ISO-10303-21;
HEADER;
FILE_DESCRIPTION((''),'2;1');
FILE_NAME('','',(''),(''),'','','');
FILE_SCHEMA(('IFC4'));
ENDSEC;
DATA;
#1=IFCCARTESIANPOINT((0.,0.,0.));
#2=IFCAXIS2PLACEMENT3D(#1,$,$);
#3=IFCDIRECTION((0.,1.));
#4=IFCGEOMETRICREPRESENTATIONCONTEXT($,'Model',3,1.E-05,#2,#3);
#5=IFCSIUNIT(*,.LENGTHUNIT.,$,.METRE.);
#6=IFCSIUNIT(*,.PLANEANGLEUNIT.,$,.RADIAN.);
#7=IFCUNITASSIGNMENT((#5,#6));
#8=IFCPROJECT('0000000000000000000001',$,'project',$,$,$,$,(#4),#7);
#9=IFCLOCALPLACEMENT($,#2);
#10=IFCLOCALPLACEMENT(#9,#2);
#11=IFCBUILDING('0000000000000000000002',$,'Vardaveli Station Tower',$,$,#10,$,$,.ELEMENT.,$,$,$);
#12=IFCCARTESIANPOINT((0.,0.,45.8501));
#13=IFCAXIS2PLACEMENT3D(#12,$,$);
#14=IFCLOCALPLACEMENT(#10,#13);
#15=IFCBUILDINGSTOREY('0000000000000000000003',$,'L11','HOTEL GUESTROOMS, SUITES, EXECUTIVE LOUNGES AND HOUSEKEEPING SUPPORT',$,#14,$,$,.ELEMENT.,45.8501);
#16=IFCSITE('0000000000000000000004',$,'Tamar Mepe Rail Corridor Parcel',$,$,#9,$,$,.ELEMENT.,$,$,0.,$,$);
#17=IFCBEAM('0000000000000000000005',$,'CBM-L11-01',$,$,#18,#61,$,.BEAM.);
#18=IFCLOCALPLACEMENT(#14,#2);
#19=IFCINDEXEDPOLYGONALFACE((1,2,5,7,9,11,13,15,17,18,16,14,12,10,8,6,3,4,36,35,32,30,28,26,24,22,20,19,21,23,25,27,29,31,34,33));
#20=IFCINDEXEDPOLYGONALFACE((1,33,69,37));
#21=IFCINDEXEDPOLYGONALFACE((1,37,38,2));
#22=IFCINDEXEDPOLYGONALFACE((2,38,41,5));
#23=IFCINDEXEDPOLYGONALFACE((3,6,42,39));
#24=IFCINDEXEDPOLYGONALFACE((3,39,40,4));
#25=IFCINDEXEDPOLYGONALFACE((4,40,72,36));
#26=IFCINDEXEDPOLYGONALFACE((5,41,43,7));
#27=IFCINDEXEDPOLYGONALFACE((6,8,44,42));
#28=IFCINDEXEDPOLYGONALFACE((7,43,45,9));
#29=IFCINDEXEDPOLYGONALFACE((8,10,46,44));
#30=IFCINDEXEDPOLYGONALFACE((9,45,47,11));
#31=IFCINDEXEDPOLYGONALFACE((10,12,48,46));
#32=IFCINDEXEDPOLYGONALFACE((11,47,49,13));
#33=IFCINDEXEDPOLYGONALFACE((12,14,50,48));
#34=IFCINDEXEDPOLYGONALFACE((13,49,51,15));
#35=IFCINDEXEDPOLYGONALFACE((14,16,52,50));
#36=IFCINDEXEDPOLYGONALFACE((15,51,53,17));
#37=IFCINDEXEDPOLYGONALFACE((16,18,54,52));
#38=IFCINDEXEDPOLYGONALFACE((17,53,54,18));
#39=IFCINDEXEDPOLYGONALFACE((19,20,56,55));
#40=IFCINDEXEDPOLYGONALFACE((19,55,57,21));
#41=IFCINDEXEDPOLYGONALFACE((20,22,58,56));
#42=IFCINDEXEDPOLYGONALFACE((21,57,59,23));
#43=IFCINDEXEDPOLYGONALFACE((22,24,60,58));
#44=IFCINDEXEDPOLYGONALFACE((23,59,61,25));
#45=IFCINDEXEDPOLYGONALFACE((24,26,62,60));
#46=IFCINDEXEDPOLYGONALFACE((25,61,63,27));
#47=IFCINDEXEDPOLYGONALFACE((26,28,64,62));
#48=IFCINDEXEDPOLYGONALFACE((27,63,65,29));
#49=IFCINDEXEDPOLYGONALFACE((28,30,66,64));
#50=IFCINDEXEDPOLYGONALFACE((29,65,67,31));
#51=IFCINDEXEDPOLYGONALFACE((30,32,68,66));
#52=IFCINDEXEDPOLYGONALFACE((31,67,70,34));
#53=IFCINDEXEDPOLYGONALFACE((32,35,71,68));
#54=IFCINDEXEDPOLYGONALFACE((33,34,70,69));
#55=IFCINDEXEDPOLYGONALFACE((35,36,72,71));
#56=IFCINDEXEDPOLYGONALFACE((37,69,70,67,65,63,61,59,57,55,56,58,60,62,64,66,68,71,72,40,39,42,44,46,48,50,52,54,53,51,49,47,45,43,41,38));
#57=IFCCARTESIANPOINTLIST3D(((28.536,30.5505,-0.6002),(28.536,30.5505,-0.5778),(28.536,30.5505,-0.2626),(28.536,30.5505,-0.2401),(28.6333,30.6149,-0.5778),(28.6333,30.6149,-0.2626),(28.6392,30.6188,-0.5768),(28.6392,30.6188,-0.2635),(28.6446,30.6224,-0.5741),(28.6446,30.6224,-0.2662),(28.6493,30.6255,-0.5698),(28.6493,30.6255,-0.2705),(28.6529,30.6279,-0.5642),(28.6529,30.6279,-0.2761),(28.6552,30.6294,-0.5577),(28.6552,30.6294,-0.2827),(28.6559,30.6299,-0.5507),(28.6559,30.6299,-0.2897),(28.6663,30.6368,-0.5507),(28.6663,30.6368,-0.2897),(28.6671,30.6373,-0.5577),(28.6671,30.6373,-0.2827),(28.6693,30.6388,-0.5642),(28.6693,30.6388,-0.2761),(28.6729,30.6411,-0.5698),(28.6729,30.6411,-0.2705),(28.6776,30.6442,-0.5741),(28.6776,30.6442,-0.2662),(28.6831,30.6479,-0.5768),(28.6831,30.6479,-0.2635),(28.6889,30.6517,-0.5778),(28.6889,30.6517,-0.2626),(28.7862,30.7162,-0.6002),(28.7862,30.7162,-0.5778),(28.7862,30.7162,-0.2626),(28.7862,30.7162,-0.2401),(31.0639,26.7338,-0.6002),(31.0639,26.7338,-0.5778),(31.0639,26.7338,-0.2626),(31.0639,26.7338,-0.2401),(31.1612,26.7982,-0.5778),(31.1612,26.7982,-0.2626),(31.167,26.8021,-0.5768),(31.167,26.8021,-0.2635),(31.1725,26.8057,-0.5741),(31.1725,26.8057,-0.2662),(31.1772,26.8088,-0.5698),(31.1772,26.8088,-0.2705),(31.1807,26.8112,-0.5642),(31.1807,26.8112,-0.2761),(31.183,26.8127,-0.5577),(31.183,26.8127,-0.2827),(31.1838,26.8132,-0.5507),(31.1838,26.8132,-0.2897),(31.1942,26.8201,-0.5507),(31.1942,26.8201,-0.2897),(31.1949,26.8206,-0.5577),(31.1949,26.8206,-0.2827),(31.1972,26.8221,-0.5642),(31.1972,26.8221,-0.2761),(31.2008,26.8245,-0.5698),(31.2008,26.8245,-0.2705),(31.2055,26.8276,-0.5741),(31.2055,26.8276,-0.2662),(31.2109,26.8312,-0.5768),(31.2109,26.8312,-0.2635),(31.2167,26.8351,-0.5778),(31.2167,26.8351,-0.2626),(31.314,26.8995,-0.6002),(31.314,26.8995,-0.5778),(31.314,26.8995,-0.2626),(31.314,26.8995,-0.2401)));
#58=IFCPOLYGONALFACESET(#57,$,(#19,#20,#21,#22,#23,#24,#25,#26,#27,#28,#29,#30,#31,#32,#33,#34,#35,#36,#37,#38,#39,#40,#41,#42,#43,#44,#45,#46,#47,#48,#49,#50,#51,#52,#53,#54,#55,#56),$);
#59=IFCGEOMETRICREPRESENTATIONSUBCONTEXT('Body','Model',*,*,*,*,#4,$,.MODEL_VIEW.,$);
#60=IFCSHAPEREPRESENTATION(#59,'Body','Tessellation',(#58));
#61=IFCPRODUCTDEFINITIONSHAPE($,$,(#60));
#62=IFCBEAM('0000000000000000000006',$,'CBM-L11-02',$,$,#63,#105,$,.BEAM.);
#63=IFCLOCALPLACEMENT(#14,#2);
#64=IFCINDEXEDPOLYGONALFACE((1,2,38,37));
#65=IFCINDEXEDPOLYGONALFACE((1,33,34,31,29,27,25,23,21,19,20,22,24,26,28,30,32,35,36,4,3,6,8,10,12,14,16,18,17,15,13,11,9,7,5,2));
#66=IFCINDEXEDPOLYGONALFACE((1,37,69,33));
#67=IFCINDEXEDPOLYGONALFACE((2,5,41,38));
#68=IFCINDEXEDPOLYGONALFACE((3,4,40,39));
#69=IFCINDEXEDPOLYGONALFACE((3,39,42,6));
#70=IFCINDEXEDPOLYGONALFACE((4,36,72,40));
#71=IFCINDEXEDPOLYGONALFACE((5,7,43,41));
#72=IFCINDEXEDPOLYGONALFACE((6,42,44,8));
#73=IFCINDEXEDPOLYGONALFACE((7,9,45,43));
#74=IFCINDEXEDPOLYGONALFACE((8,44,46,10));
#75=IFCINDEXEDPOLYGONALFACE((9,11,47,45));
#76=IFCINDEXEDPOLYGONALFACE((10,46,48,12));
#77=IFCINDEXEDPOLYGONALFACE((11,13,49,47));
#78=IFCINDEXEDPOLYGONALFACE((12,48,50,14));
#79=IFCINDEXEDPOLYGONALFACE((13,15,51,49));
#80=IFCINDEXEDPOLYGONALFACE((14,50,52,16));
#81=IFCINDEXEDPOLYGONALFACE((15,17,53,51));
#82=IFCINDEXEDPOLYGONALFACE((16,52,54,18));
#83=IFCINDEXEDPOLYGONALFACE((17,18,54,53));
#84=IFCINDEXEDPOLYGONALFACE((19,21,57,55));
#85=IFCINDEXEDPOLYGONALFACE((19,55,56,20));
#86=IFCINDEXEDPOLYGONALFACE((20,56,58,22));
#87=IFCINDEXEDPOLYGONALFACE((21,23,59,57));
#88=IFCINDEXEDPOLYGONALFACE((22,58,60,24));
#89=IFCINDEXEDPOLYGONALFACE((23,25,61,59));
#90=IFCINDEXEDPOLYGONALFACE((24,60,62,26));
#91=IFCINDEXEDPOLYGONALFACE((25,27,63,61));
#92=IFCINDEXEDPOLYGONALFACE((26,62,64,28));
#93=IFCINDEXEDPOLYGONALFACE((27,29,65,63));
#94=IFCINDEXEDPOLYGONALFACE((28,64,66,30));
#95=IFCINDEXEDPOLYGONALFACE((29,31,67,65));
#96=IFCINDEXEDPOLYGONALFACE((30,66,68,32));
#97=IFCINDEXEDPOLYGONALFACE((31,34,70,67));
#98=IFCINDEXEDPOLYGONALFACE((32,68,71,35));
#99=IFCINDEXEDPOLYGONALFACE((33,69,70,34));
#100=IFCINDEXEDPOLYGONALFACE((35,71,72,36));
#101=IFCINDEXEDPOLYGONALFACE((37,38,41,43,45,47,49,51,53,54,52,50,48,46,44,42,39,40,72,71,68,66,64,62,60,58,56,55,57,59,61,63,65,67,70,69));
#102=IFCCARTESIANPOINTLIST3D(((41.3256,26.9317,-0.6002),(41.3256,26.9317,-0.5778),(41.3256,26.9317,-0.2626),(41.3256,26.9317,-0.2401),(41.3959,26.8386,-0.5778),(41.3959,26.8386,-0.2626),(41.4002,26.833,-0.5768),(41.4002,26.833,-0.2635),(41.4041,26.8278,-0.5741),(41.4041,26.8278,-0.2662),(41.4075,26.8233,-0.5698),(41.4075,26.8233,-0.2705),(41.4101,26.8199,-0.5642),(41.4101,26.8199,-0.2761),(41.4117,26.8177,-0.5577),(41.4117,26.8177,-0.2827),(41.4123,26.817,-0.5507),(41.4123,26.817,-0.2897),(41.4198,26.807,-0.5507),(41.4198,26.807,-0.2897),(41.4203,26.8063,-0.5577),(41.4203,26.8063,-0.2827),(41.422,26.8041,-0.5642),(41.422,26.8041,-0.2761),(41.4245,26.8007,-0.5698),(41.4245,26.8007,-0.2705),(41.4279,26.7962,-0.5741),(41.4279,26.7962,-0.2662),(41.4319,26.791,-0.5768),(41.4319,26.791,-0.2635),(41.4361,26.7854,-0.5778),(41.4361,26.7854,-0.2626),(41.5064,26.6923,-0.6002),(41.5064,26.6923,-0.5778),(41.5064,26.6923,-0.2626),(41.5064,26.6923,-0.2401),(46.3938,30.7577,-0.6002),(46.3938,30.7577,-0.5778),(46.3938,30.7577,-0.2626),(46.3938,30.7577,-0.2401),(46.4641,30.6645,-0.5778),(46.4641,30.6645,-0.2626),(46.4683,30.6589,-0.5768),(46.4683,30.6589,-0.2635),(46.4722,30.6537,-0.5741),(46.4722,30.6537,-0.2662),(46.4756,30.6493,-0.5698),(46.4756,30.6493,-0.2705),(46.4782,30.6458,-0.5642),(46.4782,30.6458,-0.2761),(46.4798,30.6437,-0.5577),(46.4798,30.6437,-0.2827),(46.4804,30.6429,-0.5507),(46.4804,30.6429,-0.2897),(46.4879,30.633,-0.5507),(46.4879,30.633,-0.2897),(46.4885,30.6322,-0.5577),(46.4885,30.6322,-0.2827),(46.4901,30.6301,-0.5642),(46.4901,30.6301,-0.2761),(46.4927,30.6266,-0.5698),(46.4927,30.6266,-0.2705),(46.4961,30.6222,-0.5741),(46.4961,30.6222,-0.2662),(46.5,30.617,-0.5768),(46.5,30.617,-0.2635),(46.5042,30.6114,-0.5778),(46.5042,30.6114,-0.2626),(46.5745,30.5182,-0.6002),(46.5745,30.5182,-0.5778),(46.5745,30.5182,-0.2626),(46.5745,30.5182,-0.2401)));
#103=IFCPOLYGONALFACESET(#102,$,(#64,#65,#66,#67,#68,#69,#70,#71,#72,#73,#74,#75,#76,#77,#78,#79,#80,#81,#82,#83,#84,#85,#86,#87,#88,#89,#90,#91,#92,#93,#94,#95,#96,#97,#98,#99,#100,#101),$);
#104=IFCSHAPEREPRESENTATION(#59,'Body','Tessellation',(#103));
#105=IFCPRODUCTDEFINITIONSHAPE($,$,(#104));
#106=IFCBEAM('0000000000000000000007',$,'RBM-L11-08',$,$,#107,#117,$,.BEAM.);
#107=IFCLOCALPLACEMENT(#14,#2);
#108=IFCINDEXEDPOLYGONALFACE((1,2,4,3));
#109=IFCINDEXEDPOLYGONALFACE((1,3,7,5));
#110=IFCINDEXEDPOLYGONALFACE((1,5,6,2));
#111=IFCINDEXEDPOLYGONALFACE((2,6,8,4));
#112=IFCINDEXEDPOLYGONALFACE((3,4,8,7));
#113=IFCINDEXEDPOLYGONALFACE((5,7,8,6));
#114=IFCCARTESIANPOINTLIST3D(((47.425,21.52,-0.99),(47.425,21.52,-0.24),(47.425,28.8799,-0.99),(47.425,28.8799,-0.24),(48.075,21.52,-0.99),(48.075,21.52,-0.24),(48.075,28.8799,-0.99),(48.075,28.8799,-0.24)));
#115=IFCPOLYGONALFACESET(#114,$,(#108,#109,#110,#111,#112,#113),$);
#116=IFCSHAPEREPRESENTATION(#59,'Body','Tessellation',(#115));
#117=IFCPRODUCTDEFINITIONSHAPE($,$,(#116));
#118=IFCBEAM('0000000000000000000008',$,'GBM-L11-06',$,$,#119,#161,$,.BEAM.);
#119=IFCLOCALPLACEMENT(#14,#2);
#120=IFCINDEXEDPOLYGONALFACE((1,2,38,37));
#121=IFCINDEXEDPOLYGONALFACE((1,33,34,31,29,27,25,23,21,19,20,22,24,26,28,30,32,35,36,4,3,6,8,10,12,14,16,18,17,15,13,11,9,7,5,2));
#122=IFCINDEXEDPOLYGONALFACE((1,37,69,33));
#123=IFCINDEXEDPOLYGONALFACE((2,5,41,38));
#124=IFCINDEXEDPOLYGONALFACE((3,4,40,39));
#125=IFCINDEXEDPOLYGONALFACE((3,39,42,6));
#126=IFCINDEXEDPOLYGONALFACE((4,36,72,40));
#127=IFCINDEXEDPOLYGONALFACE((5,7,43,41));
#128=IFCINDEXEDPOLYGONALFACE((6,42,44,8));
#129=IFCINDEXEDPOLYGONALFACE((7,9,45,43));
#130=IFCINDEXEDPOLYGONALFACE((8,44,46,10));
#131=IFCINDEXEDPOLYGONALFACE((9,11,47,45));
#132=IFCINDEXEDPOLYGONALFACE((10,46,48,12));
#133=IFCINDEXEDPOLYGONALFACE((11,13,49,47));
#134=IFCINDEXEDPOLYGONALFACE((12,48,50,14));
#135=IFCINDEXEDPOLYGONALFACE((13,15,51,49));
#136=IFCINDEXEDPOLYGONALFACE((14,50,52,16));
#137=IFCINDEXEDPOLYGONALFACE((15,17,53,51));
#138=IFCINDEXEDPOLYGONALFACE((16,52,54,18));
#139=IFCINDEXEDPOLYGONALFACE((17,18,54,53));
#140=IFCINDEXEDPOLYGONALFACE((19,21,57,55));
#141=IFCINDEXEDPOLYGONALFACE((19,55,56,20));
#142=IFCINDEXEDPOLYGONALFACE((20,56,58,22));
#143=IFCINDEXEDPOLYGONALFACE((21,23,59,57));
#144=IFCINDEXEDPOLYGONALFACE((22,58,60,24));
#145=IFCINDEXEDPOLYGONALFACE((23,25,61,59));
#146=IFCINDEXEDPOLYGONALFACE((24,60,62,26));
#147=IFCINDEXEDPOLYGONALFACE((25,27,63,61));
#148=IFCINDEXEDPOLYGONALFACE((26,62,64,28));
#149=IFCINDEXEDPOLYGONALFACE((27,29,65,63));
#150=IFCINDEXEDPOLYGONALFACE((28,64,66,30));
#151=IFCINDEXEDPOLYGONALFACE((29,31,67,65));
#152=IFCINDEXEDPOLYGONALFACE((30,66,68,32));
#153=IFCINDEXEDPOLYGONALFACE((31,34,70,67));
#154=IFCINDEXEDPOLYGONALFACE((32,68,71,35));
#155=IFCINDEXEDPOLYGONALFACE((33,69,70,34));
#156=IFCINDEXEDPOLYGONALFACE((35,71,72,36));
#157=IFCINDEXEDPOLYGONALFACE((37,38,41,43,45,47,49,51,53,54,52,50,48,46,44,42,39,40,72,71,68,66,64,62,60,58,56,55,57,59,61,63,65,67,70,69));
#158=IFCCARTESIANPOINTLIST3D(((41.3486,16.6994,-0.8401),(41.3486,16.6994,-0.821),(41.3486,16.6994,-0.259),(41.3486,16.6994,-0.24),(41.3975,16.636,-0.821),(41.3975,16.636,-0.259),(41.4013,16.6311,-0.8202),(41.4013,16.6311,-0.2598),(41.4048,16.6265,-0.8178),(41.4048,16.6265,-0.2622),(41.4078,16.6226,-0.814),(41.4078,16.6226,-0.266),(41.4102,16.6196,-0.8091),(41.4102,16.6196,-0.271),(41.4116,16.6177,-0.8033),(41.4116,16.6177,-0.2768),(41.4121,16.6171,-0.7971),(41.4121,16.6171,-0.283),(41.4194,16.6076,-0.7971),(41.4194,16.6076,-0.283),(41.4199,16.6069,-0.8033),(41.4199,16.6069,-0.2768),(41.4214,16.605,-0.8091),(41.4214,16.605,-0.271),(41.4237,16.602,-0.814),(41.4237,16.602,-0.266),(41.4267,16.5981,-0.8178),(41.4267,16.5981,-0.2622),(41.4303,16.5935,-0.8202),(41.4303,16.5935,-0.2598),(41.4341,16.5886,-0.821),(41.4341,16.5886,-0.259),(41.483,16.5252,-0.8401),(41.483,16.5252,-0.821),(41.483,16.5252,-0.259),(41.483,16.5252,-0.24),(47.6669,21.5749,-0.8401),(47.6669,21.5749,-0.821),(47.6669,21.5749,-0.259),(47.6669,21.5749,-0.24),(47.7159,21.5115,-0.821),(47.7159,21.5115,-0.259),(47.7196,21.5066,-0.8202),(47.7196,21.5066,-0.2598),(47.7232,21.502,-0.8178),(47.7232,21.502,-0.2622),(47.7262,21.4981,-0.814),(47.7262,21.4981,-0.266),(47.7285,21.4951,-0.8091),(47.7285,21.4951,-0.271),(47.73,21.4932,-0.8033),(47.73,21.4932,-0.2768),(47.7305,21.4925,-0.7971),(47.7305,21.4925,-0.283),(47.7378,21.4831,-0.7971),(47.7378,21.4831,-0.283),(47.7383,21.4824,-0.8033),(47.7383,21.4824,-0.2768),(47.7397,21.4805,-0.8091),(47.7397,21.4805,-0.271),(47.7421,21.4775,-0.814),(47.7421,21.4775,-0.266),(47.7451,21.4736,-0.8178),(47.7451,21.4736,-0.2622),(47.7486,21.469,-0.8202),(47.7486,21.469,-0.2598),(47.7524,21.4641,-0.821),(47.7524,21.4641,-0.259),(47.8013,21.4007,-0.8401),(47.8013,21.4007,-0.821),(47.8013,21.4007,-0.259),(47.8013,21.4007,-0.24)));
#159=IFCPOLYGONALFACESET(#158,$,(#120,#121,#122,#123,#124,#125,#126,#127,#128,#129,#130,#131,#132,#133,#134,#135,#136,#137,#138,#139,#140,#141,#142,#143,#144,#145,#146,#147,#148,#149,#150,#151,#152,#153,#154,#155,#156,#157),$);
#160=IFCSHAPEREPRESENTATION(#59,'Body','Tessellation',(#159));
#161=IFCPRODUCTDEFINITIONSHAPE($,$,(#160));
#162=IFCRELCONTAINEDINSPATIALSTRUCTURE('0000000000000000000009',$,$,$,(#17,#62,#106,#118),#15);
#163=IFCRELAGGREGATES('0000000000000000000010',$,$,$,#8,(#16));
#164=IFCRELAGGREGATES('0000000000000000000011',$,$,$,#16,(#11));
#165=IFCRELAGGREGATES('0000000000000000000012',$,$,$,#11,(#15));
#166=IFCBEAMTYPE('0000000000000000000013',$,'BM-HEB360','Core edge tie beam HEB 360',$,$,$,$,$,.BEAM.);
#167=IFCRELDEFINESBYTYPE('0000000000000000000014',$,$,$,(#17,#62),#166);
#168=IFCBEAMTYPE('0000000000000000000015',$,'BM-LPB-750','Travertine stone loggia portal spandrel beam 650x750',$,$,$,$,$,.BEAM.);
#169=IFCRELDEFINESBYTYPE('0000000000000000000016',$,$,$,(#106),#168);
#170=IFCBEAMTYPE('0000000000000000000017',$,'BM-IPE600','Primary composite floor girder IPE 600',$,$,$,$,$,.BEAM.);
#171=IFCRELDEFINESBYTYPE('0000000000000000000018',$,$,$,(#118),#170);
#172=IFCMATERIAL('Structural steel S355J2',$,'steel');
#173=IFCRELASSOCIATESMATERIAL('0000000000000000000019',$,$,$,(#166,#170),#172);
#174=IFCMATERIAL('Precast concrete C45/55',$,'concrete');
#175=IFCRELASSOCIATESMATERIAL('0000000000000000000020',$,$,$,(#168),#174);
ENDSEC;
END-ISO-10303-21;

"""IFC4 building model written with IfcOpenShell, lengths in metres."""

from ifc_helpers import new_model, si_unit, direction, frame, origin, origin_2d, place, context, subcontext, project, spatial, rectangle, i_section, extrude, source, transform, mapped, material, material_profile, profile_set, type_object, element, save


model = new_model("IFC4")

# Units and contexts
model_context = context("Model", 3, precision=1e-05, world=origin(), true_north=direction((0.0, 1.0)))
body_context = subcontext(model_context, "Body", "Model", "MODEL_VIEW")
ifc_project = project(units=[si_unit("LENGTHUNIT", "METRE"), si_unit("PLANEANGLEUNIT", "RADIAN")], contexts=[model_context])

# Site, building, storey
site_placement = place(None, origin())
site = spatial("IfcSite", under=ifc_project, at=site_placement, Name="Tamar Mepe Rail Corridor Parcel", CompositionType="ELEMENT", RefElevation=0.0)
building_placement = place(site_placement, origin())
building = spatial("IfcBuilding", under=site, at=building_placement, Name="Vardaveli Station Tower", CompositionType="ELEMENT")
storey_placement = place(building_placement, frame((0.0, 0.0, 45.8501)))
storey = spatial("IfcBuildingStorey", under=building, at=storey_placement, Name="L11", Description="HOTEL GUESTROOMS, SUITES, EXECUTIVE LOUNGES AND HOUSEKEEPING SUPPORT", CompositionType="ELEMENT", Elevation=45.8501)

# Beams
ifc_material_1 = material(Name="Structural steel S355J2", Category="steel")
ifc_material_profile_1 = material_profile(ifc_material_1, i_section(OverallWidth=0.3, OverallDepth=0.3601, WebThickness=0.0125, FlangeThickness=0.0225, FilletRadius=0.0271, at=origin_2d()), Name="HEB 360")
ifc_profile_set_1 = profile_set([ifc_material_profile_1], Name="Structural steel S355J2")
beam_type_1 = type_object("IfcBeamType", Name="BM-HEB360", Description="Core edge tie beam HEB 360", PredefinedType="BEAM", material=ifc_profile_set_1)
shared_shape_1 = source(origin(), body_context, "Body", "SweptSolid", [
    extrude(i_section(OverallWidth=0.3, OverallDepth=0.3601, WebThickness=0.0125, FlangeThickness=0.0225, FilletRadius=0.0271, at=origin_2d()), origin(), (0.0, 0.0, 1.0), 4.5779),
])
beam_1_placement = place(storey_placement, frame((31.189, 26.8167, -0.4202), z_axis=(-0.552187, 0.83372, 0.0), x_axis=(-0.83372, -0.552187, 0.0)))
element("IfcBeam", 1, at=beam_1_placement, inside=storey, type_object=beam_type_1, Name="CBM-L11-01", PredefinedType="BEAM", context=body_context, shape_type="MappedRepresentation", body=[
    mapped(shared_shape_1, transform((0.0, 0.0, 0.0), scale=1.0)),
])
shared_shape_2 = source(origin(), body_context, "Body", "SweptSolid", [
    extrude(i_section(OverallWidth=0.3, OverallDepth=0.3601, WebThickness=0.0125, FlangeThickness=0.0225, FilletRadius=0.0271, at=origin_2d()), origin(), (0.0, 0.0, 1.0), 6.3501),
])
beam_2_placement = place(storey_placement, frame((41.416, 26.812, -0.4202), z_axis=(0.798118, 0.602501, 0.0), x_axis=(-0.602501, 0.798118, 0.0)))
element("IfcBeam", 2, at=beam_2_placement, inside=storey, type_object=beam_type_1, Name="CBM-L11-02", PredefinedType="BEAM", context=body_context, shape_type="MappedRepresentation", body=[
    mapped(shared_shape_2, transform((0.0, 0.0, 0.0), scale=1.0)),
])
ifc_material_2 = material(Name="Precast concrete C45/55", Category="concrete")
ifc_material_profile_2 = material_profile(ifc_material_2, rectangle(XDim=0.6499, YDim=0.75, at=origin_2d()), Name="LPB 650x750")
ifc_profile_set_2 = profile_set([ifc_material_profile_2], Name="Precast concrete C45/55")
beam_type_2 = type_object("IfcBeamType", Name="BM-LPB-750", Description="Travertine stone loggia portal spandrel beam 650x750", PredefinedType="BEAM", material=ifc_profile_set_2)
shared_shape_3 = source(origin(), body_context, "Body", "SweptSolid", [
    extrude(rectangle(XDim=0.6499, YDim=0.75, at=origin_2d()), origin(), (0.0, 0.0, 1.0), 7.3599),
])
beam_3_placement = place(storey_placement, frame((47.75, 21.52, -0.615), z_axis=(0.0, 1.0, 0.0), x_axis=(-1.0, 0.0, 0.0)))
element("IfcBeam", 3, at=beam_3_placement, inside=storey, type_object=beam_type_2, Name="RBM-L11-08", PredefinedType="BEAM", context=body_context, shape_type="MappedRepresentation", body=[
    mapped(shared_shape_3, transform((0.0, 0.0, 0.0), scale=1.0)),
])
ifc_material_profile_3 = material_profile(ifc_material_1, i_section(OverallWidth=0.22, OverallDepth=0.6001, WebThickness=0.012, FlangeThickness=0.019, FilletRadius=0.0239, at=origin_2d()), Name="IPE 600")
ifc_profile_set_3 = profile_set([ifc_material_profile_3], Name="Structural steel S355J2")
beam_type_3 = type_object("IfcBeamType", Name="BM-IPE600", Description="Primary composite floor girder IPE 600", PredefinedType="BEAM", material=ifc_profile_set_3)
shared_shape_4 = source(origin(), body_context, "Body", "SweptSolid", [
    extrude(i_section(OverallWidth=0.22, OverallDepth=0.6001, WebThickness=0.012, FlangeThickness=0.019, FilletRadius=0.0239, at=origin_2d()), origin(), (0.0, 0.0, 1.0), 7.9807),
])
beam_4_placement = place(storey_placement, frame((47.7341, 21.4878, -0.54), z_axis=(-0.791702, -0.610908, 0.0), x_axis=(0.610908, -0.791702, 0.0)))
element("IfcBeam", 4, at=beam_4_placement, inside=storey, type_object=beam_type_3, Name="GBM-L11-06", PredefinedType="BEAM", context=body_context, shape_type="MappedRepresentation", body=[
    mapped(shared_shape_4, transform((0.0, 0.0, 0.0), scale=1.0)),
])

save(model, "model.ifc")
